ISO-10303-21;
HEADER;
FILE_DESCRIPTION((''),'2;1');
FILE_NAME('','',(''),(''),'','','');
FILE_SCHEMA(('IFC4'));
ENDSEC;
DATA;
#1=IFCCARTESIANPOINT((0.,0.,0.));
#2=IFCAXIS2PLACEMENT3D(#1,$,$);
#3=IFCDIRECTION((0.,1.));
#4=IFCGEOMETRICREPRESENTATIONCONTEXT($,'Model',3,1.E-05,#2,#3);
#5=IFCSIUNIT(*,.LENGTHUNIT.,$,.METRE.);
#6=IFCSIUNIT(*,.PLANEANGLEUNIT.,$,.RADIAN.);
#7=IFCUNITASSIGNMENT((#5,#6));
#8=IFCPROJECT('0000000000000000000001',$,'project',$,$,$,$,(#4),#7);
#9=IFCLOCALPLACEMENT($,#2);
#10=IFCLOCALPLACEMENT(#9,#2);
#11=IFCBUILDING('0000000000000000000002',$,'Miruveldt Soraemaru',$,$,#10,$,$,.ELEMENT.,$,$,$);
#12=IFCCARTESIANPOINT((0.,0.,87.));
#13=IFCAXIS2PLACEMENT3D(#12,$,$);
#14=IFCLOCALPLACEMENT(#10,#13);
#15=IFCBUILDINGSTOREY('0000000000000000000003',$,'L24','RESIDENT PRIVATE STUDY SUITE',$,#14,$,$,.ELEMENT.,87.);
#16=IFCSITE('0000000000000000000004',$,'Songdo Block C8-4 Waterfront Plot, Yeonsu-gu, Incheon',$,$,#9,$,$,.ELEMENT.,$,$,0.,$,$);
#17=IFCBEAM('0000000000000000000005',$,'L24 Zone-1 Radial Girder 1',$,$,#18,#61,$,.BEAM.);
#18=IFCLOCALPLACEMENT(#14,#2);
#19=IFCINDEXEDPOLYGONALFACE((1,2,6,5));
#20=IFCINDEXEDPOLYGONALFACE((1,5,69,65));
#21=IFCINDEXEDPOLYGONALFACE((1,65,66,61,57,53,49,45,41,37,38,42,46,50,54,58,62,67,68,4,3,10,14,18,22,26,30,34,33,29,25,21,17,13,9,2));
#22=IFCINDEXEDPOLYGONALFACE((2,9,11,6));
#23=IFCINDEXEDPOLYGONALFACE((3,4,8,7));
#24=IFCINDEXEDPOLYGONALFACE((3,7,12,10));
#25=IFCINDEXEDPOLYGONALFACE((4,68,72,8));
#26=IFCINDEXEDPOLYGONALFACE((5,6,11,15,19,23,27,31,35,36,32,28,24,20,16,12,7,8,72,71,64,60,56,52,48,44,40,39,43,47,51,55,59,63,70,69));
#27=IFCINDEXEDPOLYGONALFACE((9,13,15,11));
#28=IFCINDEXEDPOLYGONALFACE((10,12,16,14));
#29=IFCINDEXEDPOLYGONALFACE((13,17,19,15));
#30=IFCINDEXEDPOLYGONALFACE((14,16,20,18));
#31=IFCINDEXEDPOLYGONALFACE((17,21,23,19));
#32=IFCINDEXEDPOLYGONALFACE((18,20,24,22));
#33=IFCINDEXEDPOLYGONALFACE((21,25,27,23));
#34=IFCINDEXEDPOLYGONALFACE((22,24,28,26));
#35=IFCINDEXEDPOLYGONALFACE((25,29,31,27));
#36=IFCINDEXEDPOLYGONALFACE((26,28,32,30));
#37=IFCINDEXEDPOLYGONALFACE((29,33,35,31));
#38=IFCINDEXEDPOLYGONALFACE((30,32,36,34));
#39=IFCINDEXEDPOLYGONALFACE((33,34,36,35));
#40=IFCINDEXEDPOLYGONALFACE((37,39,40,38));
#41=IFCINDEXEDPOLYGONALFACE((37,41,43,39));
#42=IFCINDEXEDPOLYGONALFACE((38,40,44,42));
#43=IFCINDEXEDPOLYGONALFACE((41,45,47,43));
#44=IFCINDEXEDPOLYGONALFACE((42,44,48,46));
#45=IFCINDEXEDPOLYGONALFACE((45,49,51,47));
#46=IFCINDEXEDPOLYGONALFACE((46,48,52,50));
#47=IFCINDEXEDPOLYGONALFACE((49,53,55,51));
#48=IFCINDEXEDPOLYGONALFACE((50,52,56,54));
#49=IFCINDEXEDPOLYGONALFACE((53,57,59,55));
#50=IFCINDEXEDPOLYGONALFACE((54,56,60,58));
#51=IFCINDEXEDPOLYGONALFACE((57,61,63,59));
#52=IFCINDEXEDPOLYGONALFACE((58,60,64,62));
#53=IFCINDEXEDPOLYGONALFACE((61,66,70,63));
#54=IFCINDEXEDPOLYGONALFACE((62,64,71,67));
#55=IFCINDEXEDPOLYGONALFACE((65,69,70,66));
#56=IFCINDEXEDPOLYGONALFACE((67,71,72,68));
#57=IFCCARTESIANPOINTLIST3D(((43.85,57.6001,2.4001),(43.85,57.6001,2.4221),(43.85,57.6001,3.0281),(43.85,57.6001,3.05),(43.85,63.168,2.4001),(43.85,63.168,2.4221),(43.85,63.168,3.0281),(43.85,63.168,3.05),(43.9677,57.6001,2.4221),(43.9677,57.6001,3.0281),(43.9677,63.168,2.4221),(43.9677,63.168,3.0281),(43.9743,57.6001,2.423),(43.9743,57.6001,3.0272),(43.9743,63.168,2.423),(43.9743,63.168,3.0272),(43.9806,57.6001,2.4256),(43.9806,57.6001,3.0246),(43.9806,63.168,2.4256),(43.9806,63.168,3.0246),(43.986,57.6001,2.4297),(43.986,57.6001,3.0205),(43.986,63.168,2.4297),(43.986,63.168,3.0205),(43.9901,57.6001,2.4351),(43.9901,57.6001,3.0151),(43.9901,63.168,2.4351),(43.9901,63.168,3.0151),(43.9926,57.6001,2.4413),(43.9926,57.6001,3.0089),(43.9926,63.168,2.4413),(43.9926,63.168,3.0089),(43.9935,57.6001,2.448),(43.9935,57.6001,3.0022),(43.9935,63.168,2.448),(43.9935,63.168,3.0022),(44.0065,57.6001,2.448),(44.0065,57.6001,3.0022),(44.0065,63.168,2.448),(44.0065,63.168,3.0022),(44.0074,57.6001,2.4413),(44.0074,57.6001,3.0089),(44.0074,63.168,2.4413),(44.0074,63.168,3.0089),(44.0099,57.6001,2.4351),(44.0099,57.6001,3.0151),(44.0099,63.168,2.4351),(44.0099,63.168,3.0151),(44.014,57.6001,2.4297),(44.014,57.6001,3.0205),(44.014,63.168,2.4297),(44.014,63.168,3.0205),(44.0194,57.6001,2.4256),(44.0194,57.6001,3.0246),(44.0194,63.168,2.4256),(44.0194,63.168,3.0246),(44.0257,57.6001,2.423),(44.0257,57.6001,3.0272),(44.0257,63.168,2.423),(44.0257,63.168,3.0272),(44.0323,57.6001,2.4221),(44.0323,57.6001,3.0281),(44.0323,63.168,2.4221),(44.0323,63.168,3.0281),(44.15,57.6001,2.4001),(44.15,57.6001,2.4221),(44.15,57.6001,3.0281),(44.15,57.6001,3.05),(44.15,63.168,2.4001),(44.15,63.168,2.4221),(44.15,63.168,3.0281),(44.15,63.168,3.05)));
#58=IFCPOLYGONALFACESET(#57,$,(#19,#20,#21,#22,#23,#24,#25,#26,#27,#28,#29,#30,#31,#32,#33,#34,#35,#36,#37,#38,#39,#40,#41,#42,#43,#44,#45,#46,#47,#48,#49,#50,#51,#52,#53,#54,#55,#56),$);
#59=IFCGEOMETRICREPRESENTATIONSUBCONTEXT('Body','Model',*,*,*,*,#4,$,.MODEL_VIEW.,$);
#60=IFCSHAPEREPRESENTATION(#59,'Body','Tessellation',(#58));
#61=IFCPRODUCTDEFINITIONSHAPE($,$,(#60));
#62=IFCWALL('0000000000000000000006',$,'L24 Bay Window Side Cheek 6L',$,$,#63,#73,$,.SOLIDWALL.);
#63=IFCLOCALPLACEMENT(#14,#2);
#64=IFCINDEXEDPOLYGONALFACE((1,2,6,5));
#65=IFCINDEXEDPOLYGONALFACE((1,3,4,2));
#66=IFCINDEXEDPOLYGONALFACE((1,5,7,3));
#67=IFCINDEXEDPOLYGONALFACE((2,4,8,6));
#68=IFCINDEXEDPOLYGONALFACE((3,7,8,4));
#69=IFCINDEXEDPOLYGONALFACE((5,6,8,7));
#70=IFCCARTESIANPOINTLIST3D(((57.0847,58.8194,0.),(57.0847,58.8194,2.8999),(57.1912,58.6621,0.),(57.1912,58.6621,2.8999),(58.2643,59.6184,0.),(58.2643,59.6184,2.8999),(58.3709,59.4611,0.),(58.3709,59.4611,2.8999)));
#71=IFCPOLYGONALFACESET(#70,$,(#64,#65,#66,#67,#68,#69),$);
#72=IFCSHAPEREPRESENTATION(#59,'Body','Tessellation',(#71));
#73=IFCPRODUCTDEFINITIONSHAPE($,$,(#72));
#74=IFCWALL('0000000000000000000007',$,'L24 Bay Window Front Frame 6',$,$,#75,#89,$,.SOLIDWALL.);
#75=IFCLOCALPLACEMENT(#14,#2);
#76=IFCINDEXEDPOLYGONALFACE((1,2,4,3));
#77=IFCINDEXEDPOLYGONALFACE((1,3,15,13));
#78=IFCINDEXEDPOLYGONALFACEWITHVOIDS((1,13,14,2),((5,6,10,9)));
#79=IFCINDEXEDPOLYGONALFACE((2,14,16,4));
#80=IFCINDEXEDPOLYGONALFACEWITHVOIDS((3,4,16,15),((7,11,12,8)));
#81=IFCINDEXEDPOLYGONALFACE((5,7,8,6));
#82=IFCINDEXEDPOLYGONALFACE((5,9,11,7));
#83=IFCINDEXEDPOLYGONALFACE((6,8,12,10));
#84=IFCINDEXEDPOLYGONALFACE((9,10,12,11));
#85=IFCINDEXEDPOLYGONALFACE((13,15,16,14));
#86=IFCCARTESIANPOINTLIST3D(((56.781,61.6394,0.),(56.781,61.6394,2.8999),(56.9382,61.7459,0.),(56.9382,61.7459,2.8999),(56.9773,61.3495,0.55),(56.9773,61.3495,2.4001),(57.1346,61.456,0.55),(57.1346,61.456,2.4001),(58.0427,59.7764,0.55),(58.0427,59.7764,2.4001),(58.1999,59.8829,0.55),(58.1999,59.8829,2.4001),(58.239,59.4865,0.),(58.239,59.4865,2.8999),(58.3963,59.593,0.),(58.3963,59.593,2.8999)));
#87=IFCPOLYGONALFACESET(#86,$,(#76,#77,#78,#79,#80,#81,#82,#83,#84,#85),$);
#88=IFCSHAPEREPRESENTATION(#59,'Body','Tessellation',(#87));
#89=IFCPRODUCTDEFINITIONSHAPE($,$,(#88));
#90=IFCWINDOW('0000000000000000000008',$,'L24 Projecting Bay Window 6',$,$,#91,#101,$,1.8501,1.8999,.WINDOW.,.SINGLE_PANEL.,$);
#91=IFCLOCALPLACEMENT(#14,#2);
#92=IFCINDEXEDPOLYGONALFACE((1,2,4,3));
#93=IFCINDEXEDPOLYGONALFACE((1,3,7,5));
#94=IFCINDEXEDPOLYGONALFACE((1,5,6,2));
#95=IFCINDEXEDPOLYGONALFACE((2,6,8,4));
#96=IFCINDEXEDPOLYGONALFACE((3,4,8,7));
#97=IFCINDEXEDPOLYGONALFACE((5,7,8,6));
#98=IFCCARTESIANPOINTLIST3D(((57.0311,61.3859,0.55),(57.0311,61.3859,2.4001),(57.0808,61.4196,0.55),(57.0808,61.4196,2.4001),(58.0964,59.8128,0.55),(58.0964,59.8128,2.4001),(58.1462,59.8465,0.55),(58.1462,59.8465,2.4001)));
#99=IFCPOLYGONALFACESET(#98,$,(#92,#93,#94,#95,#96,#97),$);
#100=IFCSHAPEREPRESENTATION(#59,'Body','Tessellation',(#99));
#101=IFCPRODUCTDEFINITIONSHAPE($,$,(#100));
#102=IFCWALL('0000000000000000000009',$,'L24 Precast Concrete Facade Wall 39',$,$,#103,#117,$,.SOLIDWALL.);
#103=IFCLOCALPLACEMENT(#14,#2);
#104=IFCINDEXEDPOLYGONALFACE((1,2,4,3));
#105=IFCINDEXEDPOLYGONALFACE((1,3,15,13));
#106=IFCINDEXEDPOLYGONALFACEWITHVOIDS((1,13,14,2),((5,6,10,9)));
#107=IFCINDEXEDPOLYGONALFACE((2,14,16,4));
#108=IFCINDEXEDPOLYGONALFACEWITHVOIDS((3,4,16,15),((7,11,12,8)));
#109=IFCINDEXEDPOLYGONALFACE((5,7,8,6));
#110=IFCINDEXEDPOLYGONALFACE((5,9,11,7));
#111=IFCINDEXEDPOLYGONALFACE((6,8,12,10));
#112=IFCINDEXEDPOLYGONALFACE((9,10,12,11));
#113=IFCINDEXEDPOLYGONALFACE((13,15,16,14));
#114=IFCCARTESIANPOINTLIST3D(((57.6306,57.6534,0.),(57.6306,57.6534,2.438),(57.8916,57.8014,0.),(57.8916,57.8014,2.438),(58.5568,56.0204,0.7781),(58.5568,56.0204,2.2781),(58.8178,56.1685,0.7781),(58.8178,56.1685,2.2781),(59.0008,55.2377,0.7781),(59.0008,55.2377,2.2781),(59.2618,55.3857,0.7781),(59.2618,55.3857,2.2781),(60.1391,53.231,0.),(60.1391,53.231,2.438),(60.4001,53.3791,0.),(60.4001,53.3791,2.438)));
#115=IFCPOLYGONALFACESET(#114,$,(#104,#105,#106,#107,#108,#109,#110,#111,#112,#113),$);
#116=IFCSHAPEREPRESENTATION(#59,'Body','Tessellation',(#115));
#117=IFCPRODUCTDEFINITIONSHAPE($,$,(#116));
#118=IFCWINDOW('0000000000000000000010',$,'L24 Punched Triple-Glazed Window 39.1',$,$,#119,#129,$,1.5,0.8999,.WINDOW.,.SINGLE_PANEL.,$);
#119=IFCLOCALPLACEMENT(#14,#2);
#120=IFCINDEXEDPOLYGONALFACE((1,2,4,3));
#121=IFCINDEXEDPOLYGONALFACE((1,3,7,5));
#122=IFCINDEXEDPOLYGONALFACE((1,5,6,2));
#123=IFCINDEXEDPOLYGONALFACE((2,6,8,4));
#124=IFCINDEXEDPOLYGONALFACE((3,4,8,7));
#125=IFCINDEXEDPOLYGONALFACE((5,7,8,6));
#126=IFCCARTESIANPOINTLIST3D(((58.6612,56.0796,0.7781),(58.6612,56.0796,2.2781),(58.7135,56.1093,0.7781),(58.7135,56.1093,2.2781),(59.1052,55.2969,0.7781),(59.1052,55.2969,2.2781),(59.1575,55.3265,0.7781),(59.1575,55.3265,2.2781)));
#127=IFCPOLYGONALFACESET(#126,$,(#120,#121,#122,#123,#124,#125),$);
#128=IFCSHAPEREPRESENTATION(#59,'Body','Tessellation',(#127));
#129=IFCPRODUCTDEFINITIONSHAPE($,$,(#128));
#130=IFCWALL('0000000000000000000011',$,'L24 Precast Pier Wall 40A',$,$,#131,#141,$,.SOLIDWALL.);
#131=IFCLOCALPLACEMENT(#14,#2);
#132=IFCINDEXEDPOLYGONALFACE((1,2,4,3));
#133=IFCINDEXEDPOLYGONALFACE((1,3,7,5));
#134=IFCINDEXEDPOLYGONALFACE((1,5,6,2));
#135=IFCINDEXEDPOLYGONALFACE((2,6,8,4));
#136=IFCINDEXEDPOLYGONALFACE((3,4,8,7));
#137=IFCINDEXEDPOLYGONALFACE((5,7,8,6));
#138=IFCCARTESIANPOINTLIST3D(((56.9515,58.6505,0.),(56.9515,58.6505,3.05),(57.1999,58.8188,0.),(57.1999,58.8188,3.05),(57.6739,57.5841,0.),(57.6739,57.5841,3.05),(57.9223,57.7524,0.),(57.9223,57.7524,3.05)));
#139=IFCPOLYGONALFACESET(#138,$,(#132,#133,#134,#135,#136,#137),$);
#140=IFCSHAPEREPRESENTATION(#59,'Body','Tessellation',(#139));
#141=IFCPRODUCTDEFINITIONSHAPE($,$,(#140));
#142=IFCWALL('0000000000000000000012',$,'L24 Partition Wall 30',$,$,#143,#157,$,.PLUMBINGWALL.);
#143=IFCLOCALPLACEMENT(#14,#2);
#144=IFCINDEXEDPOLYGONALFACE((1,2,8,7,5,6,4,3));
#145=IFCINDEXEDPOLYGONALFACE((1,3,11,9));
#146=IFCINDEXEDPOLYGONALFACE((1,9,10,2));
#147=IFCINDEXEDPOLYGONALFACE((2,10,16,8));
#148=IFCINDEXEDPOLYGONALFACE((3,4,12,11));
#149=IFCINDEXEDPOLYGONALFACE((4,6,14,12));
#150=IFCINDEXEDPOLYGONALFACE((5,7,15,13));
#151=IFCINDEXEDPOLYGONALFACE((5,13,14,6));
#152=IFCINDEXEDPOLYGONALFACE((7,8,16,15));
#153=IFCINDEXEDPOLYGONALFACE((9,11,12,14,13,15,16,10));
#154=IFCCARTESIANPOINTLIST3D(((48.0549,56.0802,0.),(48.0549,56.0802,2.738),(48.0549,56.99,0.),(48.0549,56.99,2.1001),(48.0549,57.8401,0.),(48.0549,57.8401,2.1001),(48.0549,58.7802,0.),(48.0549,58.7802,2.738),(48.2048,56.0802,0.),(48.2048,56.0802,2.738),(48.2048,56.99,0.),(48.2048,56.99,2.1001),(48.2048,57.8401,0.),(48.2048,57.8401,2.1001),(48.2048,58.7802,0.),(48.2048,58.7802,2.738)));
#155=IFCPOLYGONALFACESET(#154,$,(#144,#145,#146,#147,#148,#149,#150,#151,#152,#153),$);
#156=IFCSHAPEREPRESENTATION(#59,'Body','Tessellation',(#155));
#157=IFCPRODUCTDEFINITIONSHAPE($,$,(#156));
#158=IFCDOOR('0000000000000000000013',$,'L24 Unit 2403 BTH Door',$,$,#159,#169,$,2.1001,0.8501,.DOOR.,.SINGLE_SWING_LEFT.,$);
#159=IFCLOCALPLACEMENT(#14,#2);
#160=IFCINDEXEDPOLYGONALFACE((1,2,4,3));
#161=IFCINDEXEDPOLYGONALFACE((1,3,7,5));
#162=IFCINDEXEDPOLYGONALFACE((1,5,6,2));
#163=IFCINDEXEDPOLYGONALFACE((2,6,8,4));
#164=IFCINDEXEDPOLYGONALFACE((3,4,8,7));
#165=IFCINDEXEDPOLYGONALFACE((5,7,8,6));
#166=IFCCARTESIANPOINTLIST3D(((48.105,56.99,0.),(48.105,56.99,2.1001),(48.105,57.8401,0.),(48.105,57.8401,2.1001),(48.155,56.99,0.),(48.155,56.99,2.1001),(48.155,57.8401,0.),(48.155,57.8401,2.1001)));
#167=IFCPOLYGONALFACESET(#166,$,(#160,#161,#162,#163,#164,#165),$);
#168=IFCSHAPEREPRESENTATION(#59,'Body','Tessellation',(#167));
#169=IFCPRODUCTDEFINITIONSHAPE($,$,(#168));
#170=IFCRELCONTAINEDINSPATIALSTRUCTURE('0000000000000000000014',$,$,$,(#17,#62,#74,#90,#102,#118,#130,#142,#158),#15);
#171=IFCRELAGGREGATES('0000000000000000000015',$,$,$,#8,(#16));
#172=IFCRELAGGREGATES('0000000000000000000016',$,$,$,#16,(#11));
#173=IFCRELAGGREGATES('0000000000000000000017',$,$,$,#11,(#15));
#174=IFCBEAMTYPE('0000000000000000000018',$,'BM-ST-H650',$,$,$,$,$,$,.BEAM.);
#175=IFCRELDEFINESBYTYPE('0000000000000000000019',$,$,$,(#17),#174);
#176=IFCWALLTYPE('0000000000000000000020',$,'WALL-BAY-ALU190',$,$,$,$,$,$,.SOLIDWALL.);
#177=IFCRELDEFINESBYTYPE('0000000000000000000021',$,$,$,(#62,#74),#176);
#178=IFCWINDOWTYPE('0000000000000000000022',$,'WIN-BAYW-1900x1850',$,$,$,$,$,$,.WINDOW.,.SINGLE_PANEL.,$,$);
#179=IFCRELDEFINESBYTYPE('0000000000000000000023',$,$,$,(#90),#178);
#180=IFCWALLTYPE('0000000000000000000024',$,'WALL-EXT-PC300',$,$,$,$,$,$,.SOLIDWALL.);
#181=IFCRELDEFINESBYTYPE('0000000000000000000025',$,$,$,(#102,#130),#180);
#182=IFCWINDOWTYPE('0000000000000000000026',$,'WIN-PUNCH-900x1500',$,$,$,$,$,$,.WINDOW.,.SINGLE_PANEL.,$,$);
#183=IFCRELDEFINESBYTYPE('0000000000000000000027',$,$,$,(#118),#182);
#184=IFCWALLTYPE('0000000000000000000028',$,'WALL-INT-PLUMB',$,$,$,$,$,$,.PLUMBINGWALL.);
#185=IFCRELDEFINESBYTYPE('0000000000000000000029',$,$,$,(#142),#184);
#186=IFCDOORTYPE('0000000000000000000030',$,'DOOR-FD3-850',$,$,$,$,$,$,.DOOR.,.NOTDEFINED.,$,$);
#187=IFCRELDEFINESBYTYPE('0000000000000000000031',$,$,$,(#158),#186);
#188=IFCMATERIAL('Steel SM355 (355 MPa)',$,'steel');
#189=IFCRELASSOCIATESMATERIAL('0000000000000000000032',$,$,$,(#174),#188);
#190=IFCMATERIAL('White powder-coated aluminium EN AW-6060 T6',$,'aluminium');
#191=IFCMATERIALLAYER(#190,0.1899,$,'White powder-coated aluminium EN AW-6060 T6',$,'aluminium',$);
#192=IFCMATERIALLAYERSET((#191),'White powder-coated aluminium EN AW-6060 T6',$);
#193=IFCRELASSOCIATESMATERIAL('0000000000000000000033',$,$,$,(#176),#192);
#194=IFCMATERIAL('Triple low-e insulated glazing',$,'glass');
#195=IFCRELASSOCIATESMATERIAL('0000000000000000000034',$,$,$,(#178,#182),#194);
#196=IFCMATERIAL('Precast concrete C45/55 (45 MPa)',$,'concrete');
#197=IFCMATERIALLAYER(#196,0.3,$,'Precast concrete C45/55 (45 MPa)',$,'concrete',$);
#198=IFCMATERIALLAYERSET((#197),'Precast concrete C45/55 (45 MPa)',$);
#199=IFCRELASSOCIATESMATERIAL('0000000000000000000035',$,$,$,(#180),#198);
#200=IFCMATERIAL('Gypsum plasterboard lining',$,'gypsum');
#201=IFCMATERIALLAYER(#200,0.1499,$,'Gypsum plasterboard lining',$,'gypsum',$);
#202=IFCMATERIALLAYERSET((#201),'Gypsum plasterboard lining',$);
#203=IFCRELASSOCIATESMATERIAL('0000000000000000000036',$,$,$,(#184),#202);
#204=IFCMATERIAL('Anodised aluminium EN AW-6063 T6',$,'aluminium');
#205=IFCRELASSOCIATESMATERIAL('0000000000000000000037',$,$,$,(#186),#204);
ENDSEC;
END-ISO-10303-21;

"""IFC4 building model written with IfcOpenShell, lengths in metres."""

from ifc_helpers import new_model, si_unit, direction, frame, frame_2d, origin, origin_2d, place, context, subcontext, project, spatial, rectangle, i_section, extrude, material, layer, layer_set, material_profile, profile_set, type_object, element, fill, save


model = new_model("IFC4")

# Units and contexts
model_context = context("Model", 3, precision=1e-05, world=origin(), true_north=direction((0.0, 1.0)))
body_context = subcontext(model_context, "Body", "Model", "MODEL_VIEW")
ifc_project = project(units=[si_unit("LENGTHUNIT", "METRE"), si_unit("PLANEANGLEUNIT", "RADIAN")], contexts=[model_context])

# Site, building, storey
site_placement = place(None, origin())
site = spatial("IfcSite", under=ifc_project, at=site_placement, Name="Songdo Block C8-4 Waterfront Plot, Yeonsu-gu, Incheon", CompositionType="ELEMENT", RefElevation=0.0)
building_placement = place(site_placement, origin())
building = spatial("IfcBuilding", under=site, at=building_placement, Name="Miruveldt Soraemaru", CompositionType="ELEMENT")
storey_placement = place(building_placement, frame((0.0, 0.0, 87.0)))
storey = spatial("IfcBuildingStorey", under=building, at=storey_placement, Name="L24", Description="RESIDENT PRIVATE STUDY SUITE", CompositionType="ELEMENT", Elevation=87.0)

# Beam
ifc_material_1 = material(Name="Steel SM355 (355 MPa)", Category="steel")
ifc_material_profile_1 = material_profile(ifc_material_1, i_section(OverallWidth=0.3, OverallDepth=0.6499, WebThickness=0.0129, FlangeThickness=0.022, FilletRadius=0.0259, at=origin_2d()), Name="Steel SM355 (355 MPa)", Category="steel")
ifc_profile_set_1 = profile_set([ifc_material_profile_1], Name="Steel SM355 (355 MPa)")
beam_type_1 = type_object("IfcBeamType", Name="BM-ST-H650", PredefinedType="BEAM", material=ifc_profile_set_1)
beam_1_placement = place(storey_placement, frame((44.0, 57.6001, 2.7251), z_axis=(0.0, 1.0, 0.0), x_axis=(-1.0, 0.0, 0.0)))
element("IfcBeam", 1, at=beam_1_placement, inside=storey, type_object=beam_type_1, Name="L24 Zone-1 Radial Girder 1", PredefinedType="BEAM", context=body_context, shape_type="SweptSolid", body=[
    extrude(i_section(OverallWidth=0.3, OverallDepth=0.6499, WebThickness=0.0129, FlangeThickness=0.022, FilletRadius=0.0259, at=origin_2d()), origin(), (0.0, 0.0, 1.0), 5.5679),
])

# Wall
ifc_material_2 = material(Name="White powder-coated aluminium EN AW-6060 T6", Category="aluminium")
ifc_layer_1 = layer(ifc_material_2, 0.1899, Name="White powder-coated aluminium EN AW-6060 T6", Category="aluminium")
ifc_layer_set_1 = layer_set([ifc_layer_1], Name="White powder-coated aluminium EN AW-6060 T6")
wall_type_1 = type_object("IfcWallType", Name="WALL-BAY-ALU190", PredefinedType="SOLIDWALL", material=ifc_layer_set_1)
wall_1_placement = place(storey_placement, frame((57.1379, 58.7407, 0.0), z_axis=(0.0, 0.0, 1.0), x_axis=(0.827942, 0.560814, 0.0)))
element("IfcWall", 2, at=wall_1_placement, inside=storey, type_object=wall_type_1, Name="L24 Bay Window Side Cheek 6L", PredefinedType="SOLIDWALL", context=body_context, shape_type="SweptSolid", body=[
    extrude(rectangle(XDim=1.4248, YDim=0.1899, at=frame_2d((0.7124, 0.0))), origin(), (0.0, 0.0, 1.0), 2.8999),
])

# Walls, openings, windows
wall_2_placement = place(storey_placement, frame((58.3176, 59.5398, 0.0), z_axis=(0.0, 0.0, 1.0), x_axis=(-0.560753, 0.827983, 0.0)))
wall_2 = element("IfcWall", 3, at=wall_2_placement, inside=storey, type_object=wall_type_1, Name="L24 Bay Window Front Frame 6", PredefinedType="SOLIDWALL", context=body_context, shape_type="SweptSolid", body=[
    extrude(rectangle(XDim=2.6001, YDim=0.1899, at=frame_2d((1.3, 0.0))), origin(), (0.0, 0.0, 1.0), 2.8999),
])
opening_1_placement = place(wall_2_placement, frame((0.3501, 0.0, 0.55)))
opening_1 = element("IfcOpeningElement", 4, at=opening_1_placement, cuts=wall_2, PredefinedType="OPENING", context=body_context, shape_type="SweptSolid", body=[
    extrude(rectangle(XDim=1.8999, YDim=1.8501, at=frame_2d((0.95, 0.925))), frame((0.0, 0.105, 0.0), z_axis=(0.0, -1.0, 0.0), x_axis=(1.0, 0.0, 0.0)), (0.0, 0.0, 1.0), 0.21),
])
ifc_material_3 = material(Name="Triple low-e insulated glazing", Category="glass")
window_type_1 = type_object("IfcWindowType", Name="WIN-BAYW-1900x1850", PartitioningType="SINGLE_PANEL", PredefinedType="WINDOW", material=ifc_material_3)
window_1_placement = place(opening_1_placement, origin())
window_1 = element("IfcWindow", 5, at=window_1_placement, inside=storey, type_object=window_type_1, Name="L24 Projecting Bay Window 6", OverallHeight=1.8501, OverallWidth=1.8999, PartitioningType="SINGLE_PANEL", PredefinedType="WINDOW", context=body_context, shape_type="SweptSolid", body=[
    extrude(rectangle(XDim=1.8999, YDim=1.8501, at=frame_2d((0.95, 0.925))), frame((0.0, 0.03, 0.0), z_axis=(0.0, -1.0, 0.0), x_axis=(1.0, 0.0, 0.0)), (0.0, 0.0, 1.0), 0.0601),
])
fill(opening_1, window_1)
ifc_material_4 = material(Name="Precast concrete C45/55 (45 MPa)", Category="concrete")
ifc_layer_2 = layer(ifc_material_4, 0.3, Name="Precast concrete C45/55 (45 MPa)", Category="concrete")
ifc_layer_set_2 = layer_set([ifc_layer_2], Name="Precast concrete C45/55 (45 MPa)")
wall_type_2 = type_object("IfcWallType", Name="WALL-EXT-PC300", PredefinedType="SOLIDWALL", material=ifc_layer_set_2)
wall_3_placement = place(storey_placement, frame((60.2695, 53.3052, 0.0), z_axis=(0.0, 0.0, 1.0), x_axis=(-0.493391, 0.869808, 0.0)))
wall_3 = element("IfcWall", 6, at=wall_3_placement, inside=storey, type_object=wall_type_2, Name="L24 Precast Concrete Facade Wall 39", PredefinedType="SOLIDWALL", context=body_context, shape_type="SweptSolid", body=[
    extrude(rectangle(XDim=5.0842, YDim=0.3, at=frame_2d((2.542, 0.0))), origin(), (0.0, 0.0, 1.0), 2.438),
])
opening_2_placement = place(wall_3_placement, frame((2.3069, 0.0, 0.7781)))
opening_2 = element("IfcOpeningElement", 7, at=opening_2_placement, cuts=wall_3, PredefinedType="OPENING", context=body_context, shape_type="SweptSolid", body=[
    extrude(rectangle(XDim=0.8999, YDim=1.5, at=frame_2d((0.45, 0.75))), frame((0.0, 0.1602, 0.0), z_axis=(0.0, -1.0, 0.0), x_axis=(1.0, 0.0, 0.0)), (0.0, 0.0, 1.0), 0.3201),
])
window_type_2 = type_object("IfcWindowType", Name="WIN-PUNCH-900x1500", PartitioningType="SINGLE_PANEL", PredefinedType="WINDOW", material=ifc_material_3)
window_2_placement = place(opening_2_placement, origin())
window_2 = element("IfcWindow", 8, at=window_2_placement, inside=storey, type_object=window_type_2, Name="L24 Punched Triple-Glazed Window 39.1", OverallHeight=1.5, OverallWidth=0.8999, PartitioningType="SINGLE_PANEL", PredefinedType="WINDOW", context=body_context, shape_type="SweptSolid", body=[
    extrude(rectangle(XDim=0.8999, YDim=1.5, at=frame_2d((0.45, 0.75))), frame((0.0, 0.03, 0.0), z_axis=(0.0, -1.0, 0.0), x_axis=(1.0, 0.0, 0.0)), (0.0, 0.0, 1.0), 0.0601),
])
fill(opening_2, window_2)

# Wall
wall_4_placement = place(storey_placement, frame((57.7981, 57.6682, 0.0), z_axis=(0.0, 0.0, 1.0), x_axis=(-0.560852, 0.827916, 0.0)))
element("IfcWall", 9, at=wall_4_placement, inside=storey, type_object=wall_type_2, Name="L24 Precast Pier Wall 40A", PredefinedType="SOLIDWALL", context=body_context, shape_type="SweptSolid", body=[
    extrude(rectangle(XDim=1.2881, YDim=0.3, at=frame_2d((0.644, 0.0))), origin(), (0.0, 0.0, 1.0), 3.05),
])

# Wall, opening, door
ifc_material_5 = material(Name="Gypsum plasterboard lining", Category="gypsum")
ifc_layer_3 = layer(ifc_material_5, 0.1499, Name="Gypsum plasterboard lining", Category="gypsum")
ifc_layer_set_3 = layer_set([ifc_layer_3], Name="Gypsum plasterboard lining")
wall_type_3 = type_object("IfcWallType", Name="WALL-INT-PLUMB", PredefinedType="PLUMBINGWALL", material=ifc_layer_set_3)
wall_5_placement = place(storey_placement, frame((48.1299, 56.0801, 0.0), z_axis=(0.0, 0.0, 1.0), x_axis=(0.0, 1.0, 0.0)))
wall_5 = element("IfcWall", 10, at=wall_5_placement, inside=storey, type_object=wall_type_3, Name="L24 Partition Wall 30", PredefinedType="PLUMBINGWALL", context=body_context, shape_type="SweptSolid", body=[
    extrude(rectangle(XDim=2.7, YDim=0.1499, at=frame_2d((1.3501, 0.0))), origin(), (0.0, 0.0, 1.0), 2.738),
])
opening_3_placement = place(wall_5_placement, frame((0.9099, 0.0, 0.0)))
opening_3 = element("IfcOpeningElement", 11, at=opening_3_placement, cuts=wall_5, PredefinedType="OPENING", context=body_context, shape_type="SweptSolid", body=[
    extrude(rectangle(XDim=0.8501, YDim=2.1001, at=frame_2d((0.425, 1.05))), frame((0.0, 0.085, 0.0), z_axis=(0.0, -1.0, 0.0), x_axis=(1.0, 0.0, 0.0)), (0.0, 0.0, 1.0), 0.1699),
])
ifc_material_6 = material(Name="Anodised aluminium EN AW-6063 T6", Category="aluminium")
door_type_1 = type_object("IfcDoorType", Name="DOOR-FD3-850", OperationType="NOTDEFINED", PredefinedType="DOOR", material=ifc_material_6)
door_1_placement = place(opening_3_placement, origin())
door_1 = element("IfcDoor", 12, at=door_1_placement, inside=storey, type_object=door_type_1, Name="L24 Unit 2403 BTH Door", OperationType="SINGLE_SWING_LEFT", OverallHeight=2.1001, OverallWidth=0.8501, PredefinedType="DOOR", context=body_context, shape_type="SweptSolid", body=[
    extrude(rectangle(XDim=0.8501, YDim=2.1001, at=frame_2d((0.425, 1.05))), frame((0.0, 0.0249, 0.0), z_axis=(0.0, -1.0, 0.0), x_axis=(1.0, 0.0, 0.0)), (0.0, 0.0, 1.0), 0.05),
])
fill(opening_3, door_1)

save(model, "model.ifc")
